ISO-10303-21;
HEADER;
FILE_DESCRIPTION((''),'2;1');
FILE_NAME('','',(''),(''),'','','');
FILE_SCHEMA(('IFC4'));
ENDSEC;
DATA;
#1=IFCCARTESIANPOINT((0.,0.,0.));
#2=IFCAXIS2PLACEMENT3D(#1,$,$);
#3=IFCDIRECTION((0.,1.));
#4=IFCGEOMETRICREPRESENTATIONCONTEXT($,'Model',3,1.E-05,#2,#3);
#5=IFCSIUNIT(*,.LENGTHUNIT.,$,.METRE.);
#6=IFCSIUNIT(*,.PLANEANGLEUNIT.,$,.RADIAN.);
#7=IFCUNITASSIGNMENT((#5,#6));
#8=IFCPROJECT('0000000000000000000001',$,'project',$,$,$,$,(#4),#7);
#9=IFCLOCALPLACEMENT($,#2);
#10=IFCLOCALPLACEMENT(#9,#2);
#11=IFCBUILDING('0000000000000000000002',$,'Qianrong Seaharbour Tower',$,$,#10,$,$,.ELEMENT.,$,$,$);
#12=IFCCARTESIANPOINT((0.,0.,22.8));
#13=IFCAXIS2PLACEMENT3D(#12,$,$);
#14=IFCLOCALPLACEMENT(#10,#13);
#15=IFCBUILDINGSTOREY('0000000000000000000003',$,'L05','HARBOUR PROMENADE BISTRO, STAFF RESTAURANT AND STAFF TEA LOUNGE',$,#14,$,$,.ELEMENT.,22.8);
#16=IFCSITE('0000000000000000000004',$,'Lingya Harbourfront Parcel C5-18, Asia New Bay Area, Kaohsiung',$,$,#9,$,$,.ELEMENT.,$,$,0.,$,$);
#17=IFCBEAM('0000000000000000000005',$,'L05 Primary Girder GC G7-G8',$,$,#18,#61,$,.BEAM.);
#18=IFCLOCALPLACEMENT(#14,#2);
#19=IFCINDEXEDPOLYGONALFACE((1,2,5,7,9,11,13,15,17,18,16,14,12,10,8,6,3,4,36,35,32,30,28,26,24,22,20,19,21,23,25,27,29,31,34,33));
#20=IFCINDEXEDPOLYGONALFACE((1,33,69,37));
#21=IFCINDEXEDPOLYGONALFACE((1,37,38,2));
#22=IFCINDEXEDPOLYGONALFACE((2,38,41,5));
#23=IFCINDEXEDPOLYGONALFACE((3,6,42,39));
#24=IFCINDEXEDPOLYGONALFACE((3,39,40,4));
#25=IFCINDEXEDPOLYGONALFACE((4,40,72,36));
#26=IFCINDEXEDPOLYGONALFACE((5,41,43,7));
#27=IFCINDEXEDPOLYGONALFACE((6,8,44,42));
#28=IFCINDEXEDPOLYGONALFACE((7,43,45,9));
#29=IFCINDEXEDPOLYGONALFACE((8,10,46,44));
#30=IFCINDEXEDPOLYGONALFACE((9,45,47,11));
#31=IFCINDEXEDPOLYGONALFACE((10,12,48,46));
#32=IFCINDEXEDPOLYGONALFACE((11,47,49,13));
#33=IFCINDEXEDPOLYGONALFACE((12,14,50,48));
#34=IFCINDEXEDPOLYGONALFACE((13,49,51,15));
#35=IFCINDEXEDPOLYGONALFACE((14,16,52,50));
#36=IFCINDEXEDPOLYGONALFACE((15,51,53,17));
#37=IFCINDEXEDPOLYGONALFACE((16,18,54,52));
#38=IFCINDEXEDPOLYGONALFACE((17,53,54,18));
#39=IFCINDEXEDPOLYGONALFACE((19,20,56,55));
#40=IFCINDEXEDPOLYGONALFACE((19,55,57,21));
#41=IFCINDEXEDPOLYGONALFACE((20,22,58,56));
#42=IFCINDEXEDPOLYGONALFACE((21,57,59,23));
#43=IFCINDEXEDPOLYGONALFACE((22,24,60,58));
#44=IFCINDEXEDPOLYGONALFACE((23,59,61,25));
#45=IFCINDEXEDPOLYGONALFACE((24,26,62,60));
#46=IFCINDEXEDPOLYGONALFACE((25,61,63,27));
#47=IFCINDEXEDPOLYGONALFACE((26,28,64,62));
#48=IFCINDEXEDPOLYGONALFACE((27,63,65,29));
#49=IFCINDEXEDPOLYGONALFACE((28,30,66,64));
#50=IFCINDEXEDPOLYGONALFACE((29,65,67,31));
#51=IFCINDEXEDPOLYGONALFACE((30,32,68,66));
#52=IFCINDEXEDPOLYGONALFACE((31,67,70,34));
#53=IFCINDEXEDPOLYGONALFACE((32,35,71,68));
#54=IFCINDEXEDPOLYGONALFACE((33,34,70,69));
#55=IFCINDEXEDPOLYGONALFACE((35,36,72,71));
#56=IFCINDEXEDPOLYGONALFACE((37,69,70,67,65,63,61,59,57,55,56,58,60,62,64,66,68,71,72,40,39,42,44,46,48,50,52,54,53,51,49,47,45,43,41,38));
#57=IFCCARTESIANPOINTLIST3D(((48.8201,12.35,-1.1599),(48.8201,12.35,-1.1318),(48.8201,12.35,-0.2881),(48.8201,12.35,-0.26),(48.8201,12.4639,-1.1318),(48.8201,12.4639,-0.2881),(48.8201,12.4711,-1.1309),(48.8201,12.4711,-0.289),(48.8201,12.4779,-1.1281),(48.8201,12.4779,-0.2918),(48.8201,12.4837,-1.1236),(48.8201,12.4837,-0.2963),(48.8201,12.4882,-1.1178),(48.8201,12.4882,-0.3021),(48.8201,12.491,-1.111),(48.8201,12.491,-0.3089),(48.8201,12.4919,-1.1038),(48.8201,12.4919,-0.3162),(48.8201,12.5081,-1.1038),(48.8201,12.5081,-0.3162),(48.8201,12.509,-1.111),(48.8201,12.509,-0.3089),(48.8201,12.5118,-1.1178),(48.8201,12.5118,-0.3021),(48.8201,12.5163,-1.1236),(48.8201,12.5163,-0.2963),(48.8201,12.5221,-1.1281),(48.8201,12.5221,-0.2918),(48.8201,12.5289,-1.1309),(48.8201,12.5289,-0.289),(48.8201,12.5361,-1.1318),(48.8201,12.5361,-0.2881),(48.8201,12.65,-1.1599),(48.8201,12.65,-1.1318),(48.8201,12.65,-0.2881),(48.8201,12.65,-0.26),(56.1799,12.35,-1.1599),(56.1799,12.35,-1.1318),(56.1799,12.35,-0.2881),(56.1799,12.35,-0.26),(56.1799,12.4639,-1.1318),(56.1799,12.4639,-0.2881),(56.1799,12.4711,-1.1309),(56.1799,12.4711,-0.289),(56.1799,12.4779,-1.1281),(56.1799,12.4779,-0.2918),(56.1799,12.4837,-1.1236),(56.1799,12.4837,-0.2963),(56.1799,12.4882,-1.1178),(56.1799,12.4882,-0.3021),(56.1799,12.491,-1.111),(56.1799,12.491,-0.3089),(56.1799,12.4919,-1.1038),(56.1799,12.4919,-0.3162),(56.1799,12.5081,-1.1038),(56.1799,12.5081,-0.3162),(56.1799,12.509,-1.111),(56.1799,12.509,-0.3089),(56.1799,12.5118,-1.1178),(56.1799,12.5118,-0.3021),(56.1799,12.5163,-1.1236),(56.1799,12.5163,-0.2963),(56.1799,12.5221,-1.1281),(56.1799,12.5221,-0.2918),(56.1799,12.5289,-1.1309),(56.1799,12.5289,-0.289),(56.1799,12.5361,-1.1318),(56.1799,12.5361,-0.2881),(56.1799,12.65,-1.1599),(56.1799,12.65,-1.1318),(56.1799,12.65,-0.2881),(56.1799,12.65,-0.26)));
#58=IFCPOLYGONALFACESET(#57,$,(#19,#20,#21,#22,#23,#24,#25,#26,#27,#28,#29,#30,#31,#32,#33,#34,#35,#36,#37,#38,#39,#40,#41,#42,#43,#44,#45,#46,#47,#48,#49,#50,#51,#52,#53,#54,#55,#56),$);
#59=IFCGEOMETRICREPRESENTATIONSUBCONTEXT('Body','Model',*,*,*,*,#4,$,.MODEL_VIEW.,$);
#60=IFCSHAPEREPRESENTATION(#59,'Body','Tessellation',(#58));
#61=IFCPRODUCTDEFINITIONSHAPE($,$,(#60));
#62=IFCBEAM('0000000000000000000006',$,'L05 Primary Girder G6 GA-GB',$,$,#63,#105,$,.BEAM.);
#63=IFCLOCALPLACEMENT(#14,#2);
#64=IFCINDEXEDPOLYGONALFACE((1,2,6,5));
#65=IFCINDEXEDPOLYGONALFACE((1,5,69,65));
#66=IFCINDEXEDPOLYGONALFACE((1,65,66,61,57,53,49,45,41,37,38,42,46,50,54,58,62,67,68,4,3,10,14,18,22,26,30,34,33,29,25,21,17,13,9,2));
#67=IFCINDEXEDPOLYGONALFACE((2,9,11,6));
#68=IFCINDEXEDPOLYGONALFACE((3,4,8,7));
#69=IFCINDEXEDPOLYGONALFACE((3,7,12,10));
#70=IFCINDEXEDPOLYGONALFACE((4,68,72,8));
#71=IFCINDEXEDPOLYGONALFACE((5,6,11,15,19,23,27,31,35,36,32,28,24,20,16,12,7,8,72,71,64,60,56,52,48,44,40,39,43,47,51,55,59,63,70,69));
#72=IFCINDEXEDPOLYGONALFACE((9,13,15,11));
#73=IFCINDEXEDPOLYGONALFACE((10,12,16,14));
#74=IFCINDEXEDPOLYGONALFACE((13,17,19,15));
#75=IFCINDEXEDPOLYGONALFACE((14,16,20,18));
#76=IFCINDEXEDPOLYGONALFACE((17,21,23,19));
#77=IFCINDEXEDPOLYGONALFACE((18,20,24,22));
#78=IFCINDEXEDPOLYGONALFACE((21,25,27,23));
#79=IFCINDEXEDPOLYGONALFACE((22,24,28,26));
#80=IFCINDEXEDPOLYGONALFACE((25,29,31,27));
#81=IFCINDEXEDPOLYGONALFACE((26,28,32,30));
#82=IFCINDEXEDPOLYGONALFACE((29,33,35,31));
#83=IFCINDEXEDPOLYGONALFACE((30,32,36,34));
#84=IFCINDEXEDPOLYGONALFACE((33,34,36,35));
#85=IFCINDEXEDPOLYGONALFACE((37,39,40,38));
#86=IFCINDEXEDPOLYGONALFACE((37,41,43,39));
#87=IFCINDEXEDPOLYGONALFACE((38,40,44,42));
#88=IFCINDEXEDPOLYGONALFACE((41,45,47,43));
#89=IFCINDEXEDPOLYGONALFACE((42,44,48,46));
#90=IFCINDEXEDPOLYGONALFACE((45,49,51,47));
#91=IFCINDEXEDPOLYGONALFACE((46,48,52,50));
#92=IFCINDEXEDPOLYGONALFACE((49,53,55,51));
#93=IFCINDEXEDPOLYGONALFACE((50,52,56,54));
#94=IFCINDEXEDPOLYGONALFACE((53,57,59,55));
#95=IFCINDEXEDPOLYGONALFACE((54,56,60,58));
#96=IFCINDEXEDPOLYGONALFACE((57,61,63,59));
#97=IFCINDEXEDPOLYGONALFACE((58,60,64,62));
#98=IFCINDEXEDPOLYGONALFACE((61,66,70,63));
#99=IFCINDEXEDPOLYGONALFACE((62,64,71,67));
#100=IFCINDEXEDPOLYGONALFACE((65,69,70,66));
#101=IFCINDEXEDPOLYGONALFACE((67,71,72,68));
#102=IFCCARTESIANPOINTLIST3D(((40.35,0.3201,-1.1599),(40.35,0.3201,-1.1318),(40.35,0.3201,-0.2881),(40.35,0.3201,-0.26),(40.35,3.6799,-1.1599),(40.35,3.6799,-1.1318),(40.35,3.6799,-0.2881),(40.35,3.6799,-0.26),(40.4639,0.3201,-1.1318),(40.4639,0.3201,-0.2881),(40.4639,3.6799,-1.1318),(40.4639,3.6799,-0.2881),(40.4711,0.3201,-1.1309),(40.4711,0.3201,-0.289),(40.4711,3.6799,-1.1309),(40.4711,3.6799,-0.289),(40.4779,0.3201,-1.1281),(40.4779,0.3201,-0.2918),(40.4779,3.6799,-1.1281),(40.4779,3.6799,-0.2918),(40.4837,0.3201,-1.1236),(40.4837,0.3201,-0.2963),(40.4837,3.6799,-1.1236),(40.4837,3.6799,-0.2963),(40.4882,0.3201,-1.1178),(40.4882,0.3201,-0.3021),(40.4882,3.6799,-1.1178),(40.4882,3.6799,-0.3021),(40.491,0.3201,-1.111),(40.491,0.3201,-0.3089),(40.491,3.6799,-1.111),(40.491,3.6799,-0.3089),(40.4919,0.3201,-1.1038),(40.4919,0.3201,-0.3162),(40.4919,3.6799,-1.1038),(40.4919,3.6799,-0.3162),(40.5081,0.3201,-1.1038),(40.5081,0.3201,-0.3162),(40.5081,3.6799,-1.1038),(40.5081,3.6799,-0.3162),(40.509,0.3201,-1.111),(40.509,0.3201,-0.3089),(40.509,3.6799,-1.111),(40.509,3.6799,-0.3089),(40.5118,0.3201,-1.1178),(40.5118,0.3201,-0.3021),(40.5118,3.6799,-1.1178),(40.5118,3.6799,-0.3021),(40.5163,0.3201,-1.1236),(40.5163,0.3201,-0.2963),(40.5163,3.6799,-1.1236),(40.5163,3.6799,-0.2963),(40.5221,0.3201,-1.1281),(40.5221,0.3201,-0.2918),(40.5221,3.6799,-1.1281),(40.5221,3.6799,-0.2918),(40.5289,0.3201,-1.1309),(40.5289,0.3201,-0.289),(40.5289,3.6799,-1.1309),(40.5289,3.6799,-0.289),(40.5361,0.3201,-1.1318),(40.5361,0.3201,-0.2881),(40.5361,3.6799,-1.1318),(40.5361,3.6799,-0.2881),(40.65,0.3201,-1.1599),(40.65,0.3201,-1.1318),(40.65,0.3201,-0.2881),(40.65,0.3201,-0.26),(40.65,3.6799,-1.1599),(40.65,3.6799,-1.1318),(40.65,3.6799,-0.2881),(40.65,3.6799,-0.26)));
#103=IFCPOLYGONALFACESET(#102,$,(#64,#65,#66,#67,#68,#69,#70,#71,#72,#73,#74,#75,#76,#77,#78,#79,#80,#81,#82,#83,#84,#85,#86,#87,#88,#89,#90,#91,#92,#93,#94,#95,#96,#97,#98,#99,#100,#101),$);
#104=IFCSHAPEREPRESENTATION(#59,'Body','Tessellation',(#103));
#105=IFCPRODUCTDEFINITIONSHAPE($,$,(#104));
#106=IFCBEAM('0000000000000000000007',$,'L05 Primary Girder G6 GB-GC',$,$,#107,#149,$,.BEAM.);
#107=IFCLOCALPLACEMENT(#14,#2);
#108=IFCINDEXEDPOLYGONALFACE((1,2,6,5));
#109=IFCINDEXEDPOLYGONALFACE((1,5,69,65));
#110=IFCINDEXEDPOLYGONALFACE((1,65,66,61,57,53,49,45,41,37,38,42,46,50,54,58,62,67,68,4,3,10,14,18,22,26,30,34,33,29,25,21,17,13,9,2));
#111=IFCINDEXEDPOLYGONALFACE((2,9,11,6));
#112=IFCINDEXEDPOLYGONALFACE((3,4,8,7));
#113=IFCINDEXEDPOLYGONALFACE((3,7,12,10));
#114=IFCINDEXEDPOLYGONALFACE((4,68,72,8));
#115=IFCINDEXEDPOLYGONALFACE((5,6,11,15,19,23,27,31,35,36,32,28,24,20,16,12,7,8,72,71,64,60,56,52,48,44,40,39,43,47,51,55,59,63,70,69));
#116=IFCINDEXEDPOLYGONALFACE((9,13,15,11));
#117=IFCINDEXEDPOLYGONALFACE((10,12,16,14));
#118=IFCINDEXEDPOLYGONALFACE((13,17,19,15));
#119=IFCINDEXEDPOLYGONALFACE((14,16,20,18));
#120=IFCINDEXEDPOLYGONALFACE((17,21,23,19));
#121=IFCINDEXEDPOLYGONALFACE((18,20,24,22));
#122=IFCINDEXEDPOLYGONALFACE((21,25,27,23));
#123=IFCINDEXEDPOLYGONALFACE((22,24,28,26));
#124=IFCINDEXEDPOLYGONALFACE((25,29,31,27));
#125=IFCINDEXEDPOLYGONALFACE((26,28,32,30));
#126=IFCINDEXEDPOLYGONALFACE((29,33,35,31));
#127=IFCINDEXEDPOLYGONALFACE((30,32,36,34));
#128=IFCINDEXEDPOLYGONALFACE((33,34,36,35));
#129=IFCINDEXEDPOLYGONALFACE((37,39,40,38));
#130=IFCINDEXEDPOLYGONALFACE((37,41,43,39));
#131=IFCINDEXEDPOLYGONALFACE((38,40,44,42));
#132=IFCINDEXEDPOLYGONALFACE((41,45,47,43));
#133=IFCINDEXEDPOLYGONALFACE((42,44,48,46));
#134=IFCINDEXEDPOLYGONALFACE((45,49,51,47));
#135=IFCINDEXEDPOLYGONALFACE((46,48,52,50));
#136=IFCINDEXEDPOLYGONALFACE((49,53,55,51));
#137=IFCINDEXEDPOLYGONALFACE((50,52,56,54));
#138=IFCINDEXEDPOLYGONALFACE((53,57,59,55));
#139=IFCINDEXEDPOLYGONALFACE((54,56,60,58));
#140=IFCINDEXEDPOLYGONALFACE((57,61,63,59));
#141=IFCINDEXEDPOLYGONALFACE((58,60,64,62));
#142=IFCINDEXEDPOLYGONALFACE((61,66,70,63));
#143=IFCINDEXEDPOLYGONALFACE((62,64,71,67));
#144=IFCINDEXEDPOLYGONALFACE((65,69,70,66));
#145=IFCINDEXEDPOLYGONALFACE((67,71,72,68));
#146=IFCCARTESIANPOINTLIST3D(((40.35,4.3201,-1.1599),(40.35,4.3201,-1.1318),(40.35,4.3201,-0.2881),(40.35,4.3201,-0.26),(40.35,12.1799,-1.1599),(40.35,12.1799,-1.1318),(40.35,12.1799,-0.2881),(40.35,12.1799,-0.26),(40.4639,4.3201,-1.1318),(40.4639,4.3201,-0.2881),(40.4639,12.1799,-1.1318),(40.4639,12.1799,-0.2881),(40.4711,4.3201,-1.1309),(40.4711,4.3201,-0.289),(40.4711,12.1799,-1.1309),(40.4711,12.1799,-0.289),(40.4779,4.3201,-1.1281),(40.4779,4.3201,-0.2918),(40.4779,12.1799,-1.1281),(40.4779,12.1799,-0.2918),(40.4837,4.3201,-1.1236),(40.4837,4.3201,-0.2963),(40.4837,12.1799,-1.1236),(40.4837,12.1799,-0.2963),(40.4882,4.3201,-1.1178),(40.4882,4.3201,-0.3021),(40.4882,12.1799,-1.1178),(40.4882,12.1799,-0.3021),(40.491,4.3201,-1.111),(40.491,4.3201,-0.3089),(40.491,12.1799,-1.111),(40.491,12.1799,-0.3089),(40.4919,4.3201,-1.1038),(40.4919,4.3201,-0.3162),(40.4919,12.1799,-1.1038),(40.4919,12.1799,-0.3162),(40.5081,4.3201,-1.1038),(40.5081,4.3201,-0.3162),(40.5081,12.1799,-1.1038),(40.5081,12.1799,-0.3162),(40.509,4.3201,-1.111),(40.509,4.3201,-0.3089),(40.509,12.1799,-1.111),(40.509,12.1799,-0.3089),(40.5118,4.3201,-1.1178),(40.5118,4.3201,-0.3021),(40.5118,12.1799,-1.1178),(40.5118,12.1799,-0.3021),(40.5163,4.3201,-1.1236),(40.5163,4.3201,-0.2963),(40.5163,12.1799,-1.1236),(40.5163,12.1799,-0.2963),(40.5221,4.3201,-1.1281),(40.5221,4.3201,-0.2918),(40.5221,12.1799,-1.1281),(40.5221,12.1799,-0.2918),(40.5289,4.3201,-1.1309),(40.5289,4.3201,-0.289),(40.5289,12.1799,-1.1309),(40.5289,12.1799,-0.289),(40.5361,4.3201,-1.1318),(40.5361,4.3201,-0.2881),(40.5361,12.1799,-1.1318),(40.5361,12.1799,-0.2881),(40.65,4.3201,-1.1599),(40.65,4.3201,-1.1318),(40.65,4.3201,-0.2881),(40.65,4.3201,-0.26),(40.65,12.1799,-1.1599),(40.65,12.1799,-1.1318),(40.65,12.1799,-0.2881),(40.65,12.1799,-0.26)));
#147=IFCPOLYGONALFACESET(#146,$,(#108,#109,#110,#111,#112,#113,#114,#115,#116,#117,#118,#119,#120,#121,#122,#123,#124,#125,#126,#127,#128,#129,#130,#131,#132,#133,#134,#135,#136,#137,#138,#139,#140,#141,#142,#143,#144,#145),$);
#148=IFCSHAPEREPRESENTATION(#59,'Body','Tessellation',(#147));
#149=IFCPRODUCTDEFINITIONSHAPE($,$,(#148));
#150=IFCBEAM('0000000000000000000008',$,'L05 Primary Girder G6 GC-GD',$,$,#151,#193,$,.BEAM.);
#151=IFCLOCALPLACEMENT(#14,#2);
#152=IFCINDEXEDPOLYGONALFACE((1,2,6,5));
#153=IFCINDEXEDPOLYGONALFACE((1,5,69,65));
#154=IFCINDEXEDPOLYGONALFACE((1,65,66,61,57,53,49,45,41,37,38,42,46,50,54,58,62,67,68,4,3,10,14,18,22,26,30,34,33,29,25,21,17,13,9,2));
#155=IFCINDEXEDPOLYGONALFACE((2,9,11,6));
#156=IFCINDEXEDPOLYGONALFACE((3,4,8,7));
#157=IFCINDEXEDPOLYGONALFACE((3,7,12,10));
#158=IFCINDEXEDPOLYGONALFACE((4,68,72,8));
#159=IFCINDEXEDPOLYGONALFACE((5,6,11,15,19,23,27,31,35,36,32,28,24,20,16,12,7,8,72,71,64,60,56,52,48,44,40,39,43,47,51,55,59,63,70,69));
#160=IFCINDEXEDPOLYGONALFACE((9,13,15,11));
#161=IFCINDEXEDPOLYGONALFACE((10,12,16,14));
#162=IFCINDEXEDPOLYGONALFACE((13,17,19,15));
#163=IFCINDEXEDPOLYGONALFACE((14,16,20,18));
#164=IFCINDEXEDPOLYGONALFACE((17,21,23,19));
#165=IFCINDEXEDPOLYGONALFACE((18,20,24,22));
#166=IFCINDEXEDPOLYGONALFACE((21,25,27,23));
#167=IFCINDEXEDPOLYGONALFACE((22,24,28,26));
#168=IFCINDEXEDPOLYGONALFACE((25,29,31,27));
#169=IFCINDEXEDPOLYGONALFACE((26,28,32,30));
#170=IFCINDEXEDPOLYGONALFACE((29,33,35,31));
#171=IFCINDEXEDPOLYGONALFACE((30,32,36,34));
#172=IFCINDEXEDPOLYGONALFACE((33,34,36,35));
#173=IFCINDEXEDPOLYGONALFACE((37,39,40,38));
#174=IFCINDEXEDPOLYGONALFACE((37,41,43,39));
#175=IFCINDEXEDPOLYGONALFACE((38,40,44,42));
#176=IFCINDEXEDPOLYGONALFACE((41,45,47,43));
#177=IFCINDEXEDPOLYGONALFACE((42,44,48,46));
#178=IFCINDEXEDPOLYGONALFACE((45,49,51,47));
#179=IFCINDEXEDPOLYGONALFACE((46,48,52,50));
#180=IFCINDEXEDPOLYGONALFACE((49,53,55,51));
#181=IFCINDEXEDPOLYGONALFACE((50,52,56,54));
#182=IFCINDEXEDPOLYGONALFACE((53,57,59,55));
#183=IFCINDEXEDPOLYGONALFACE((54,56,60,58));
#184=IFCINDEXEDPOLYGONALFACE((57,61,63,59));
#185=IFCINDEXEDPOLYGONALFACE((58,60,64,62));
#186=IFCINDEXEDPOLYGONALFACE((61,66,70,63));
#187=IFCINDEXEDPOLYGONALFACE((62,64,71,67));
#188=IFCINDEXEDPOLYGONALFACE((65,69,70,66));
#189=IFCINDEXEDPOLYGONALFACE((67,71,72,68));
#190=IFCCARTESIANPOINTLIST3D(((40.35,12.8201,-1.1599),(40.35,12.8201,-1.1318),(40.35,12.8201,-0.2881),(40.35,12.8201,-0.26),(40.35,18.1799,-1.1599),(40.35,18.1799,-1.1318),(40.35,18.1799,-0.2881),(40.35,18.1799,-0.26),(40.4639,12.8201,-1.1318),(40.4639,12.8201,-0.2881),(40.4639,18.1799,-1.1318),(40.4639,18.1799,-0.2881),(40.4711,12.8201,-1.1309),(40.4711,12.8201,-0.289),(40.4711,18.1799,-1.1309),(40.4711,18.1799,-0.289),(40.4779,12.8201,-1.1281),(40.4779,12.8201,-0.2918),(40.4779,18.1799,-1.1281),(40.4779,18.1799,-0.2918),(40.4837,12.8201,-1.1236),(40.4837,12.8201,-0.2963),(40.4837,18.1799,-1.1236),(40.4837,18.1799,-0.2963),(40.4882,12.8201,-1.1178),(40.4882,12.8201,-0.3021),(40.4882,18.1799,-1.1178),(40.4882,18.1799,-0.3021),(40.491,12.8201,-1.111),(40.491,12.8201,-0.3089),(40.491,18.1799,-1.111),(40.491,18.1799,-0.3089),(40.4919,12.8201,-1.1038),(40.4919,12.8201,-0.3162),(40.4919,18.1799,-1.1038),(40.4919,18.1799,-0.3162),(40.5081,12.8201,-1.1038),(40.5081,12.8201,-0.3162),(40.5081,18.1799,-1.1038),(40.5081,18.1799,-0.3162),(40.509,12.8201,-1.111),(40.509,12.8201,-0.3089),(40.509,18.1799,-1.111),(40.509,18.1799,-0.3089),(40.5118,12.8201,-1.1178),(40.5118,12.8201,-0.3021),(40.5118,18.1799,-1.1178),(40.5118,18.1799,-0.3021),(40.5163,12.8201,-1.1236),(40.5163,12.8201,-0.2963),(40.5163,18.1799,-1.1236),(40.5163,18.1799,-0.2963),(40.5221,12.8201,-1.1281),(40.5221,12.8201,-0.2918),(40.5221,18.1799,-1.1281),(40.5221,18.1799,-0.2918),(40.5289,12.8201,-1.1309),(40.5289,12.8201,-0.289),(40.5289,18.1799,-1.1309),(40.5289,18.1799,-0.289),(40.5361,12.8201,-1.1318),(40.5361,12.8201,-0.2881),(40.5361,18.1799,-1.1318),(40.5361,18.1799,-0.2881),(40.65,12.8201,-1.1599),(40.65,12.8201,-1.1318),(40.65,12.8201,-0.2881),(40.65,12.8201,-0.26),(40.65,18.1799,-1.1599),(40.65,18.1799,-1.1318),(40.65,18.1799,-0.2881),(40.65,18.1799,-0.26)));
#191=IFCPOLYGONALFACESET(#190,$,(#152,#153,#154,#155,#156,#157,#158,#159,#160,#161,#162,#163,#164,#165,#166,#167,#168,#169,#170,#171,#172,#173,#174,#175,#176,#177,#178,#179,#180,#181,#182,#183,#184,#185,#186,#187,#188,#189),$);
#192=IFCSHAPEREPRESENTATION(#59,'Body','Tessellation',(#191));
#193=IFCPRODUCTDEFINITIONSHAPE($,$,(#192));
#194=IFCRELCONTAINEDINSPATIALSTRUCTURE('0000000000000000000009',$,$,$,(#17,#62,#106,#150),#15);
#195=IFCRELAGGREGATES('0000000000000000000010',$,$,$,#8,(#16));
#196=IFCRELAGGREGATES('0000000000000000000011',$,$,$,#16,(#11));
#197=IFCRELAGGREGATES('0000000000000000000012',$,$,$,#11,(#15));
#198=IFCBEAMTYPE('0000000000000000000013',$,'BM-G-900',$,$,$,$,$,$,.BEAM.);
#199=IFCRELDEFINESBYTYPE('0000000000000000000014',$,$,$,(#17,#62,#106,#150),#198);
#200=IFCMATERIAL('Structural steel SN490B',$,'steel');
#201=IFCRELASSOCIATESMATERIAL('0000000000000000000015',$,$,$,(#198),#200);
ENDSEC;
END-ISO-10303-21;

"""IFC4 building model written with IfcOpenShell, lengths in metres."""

from ifc_helpers import new_model, si_unit, direction, frame, origin, origin_2d, place, context, subcontext, project, spatial, i_section, extrude, material, material_profile, profile_set, type_object, element, save


model = new_model("IFC4")

# Units and contexts
model_context = context("Model", 3, precision=1e-05, world=origin(), true_north=direction((0.0, 1.0)))
body_context = subcontext(model_context, "Body", "Model", "MODEL_VIEW")
ifc_project = project(units=[si_unit("LENGTHUNIT", "METRE"), si_unit("PLANEANGLEUNIT", "RADIAN")], contexts=[model_context])

# Site, building, storey
site_placement = place(None, origin())
site = spatial("IfcSite", under=ifc_project, at=site_placement, Name="Lingya Harbourfront Parcel C5-18, Asia New Bay Area, Kaohsiung", CompositionType="ELEMENT", RefElevation=0.0)
building_placement = place(site_placement, origin())
building = spatial("IfcBuilding", under=site, at=building_placement, Name="Qianrong Seaharbour Tower", CompositionType="ELEMENT")
storey_placement = place(building_placement, frame((0.0, 0.0, 22.8)))
storey = spatial("IfcBuildingStorey", under=building, at=storey_placement, Name="L05", Description="HARBOUR PROMENADE BISTRO, STAFF RESTAURANT AND STAFF TEA LOUNGE", CompositionType="ELEMENT", Elevation=22.8)

# Beams
ifc_material_1 = material(Name="Structural steel SN490B", Category="steel")
ifc_material_profile_1 = material_profile(ifc_material_1, i_section(OverallWidth=0.3, OverallDepth=0.8999, WebThickness=0.0161, FlangeThickness=0.0281, FilletRadius=0.0281, at=origin_2d()), Name="H900x300x16x28")
ifc_profile_set_1 = profile_set([ifc_material_profile_1], Name="Structural steel SN490B")
beam_type_1 = type_object("IfcBeamType", Name="BM-G-900", PredefinedType="BEAM", material=ifc_profile_set_1)
for number, where, z_axis, x_axis, name in (
    (1, (48.8201, 12.5, -0.71), (1.0, 0.0, 0.0), (0.0, 1.0, 0.0), "L05 Primary Girder GC G7-G8"),
):
    element("IfcBeam", number, at=place(storey_placement, frame(where, z_axis=z_axis, x_axis=x_axis)), inside=storey, type_object=beam_type_1, Name=name, PredefinedType="BEAM", context=body_context, shape_type="SweptSolid", body=[
        extrude(i_section(OverallWidth=0.3, OverallDepth=0.8999, WebThickness=0.0161, FlangeThickness=0.0281, FilletRadius=0.0281, at=origin_2d()), origin(), (0.0, 0.0, 1.0), 7.3599),
    ])
beam_1_placement = place(storey_placement, frame((40.5, 0.3201, -0.71), z_axis=(0.0, 1.0, 0.0), x_axis=(-1.0, 0.0, 0.0)))
element("IfcBeam", 2, at=beam_1_placement, inside=storey, type_object=beam_type_1, Name="L05 Primary Girder G6 GA-GB", PredefinedType="BEAM", context=body_context, shape_type="SweptSolid", body=[
    extrude(i_section(OverallWidth=0.3, OverallDepth=0.8999, WebThickness=0.0161, FlangeThickness=0.0281, FilletRadius=0.0281, at=origin_2d()), origin(), (0.0, 0.0, 1.0), 3.3599),
])
beam_2_placement = place(storey_placement, frame((40.5, 4.3201, -0.71), z_axis=(0.0, 1.0, 0.0), x_axis=(-1.0, 0.0, 0.0)))
element("IfcBeam", 3, at=beam_2_placement, inside=storey, type_object=beam_type_1, Name="L05 Primary Girder G6 GB-GC", PredefinedType="BEAM", context=body_context, shape_type="SweptSolid", body=[
    extrude(i_section(OverallWidth=0.3, OverallDepth=0.8999, WebThickness=0.0161, FlangeThickness=0.0281, FilletRadius=0.0281, at=origin_2d()), origin(), (0.0, 0.0, 1.0), 7.8599),
])
beam_3_placement = place(storey_placement, frame((40.5, 12.8201, -0.71), z_axis=(0.0, 1.0, 0.0), x_axis=(-1.0, 0.0, 0.0)))
element("IfcBeam", 4, at=beam_3_placement, inside=storey, type_object=beam_type_1, Name="L05 Primary Girder G6 GC-GD", PredefinedType="BEAM", context=body_context, shape_type="SweptSolid", body=[
    extrude(i_section(OverallWidth=0.3, OverallDepth=0.8999, WebThickness=0.0161, FlangeThickness=0.0281, FilletRadius=0.0281, at=origin_2d()), origin(), (0.0, 0.0, 1.0), 5.3599),
])

save(model, "model.ifc")
